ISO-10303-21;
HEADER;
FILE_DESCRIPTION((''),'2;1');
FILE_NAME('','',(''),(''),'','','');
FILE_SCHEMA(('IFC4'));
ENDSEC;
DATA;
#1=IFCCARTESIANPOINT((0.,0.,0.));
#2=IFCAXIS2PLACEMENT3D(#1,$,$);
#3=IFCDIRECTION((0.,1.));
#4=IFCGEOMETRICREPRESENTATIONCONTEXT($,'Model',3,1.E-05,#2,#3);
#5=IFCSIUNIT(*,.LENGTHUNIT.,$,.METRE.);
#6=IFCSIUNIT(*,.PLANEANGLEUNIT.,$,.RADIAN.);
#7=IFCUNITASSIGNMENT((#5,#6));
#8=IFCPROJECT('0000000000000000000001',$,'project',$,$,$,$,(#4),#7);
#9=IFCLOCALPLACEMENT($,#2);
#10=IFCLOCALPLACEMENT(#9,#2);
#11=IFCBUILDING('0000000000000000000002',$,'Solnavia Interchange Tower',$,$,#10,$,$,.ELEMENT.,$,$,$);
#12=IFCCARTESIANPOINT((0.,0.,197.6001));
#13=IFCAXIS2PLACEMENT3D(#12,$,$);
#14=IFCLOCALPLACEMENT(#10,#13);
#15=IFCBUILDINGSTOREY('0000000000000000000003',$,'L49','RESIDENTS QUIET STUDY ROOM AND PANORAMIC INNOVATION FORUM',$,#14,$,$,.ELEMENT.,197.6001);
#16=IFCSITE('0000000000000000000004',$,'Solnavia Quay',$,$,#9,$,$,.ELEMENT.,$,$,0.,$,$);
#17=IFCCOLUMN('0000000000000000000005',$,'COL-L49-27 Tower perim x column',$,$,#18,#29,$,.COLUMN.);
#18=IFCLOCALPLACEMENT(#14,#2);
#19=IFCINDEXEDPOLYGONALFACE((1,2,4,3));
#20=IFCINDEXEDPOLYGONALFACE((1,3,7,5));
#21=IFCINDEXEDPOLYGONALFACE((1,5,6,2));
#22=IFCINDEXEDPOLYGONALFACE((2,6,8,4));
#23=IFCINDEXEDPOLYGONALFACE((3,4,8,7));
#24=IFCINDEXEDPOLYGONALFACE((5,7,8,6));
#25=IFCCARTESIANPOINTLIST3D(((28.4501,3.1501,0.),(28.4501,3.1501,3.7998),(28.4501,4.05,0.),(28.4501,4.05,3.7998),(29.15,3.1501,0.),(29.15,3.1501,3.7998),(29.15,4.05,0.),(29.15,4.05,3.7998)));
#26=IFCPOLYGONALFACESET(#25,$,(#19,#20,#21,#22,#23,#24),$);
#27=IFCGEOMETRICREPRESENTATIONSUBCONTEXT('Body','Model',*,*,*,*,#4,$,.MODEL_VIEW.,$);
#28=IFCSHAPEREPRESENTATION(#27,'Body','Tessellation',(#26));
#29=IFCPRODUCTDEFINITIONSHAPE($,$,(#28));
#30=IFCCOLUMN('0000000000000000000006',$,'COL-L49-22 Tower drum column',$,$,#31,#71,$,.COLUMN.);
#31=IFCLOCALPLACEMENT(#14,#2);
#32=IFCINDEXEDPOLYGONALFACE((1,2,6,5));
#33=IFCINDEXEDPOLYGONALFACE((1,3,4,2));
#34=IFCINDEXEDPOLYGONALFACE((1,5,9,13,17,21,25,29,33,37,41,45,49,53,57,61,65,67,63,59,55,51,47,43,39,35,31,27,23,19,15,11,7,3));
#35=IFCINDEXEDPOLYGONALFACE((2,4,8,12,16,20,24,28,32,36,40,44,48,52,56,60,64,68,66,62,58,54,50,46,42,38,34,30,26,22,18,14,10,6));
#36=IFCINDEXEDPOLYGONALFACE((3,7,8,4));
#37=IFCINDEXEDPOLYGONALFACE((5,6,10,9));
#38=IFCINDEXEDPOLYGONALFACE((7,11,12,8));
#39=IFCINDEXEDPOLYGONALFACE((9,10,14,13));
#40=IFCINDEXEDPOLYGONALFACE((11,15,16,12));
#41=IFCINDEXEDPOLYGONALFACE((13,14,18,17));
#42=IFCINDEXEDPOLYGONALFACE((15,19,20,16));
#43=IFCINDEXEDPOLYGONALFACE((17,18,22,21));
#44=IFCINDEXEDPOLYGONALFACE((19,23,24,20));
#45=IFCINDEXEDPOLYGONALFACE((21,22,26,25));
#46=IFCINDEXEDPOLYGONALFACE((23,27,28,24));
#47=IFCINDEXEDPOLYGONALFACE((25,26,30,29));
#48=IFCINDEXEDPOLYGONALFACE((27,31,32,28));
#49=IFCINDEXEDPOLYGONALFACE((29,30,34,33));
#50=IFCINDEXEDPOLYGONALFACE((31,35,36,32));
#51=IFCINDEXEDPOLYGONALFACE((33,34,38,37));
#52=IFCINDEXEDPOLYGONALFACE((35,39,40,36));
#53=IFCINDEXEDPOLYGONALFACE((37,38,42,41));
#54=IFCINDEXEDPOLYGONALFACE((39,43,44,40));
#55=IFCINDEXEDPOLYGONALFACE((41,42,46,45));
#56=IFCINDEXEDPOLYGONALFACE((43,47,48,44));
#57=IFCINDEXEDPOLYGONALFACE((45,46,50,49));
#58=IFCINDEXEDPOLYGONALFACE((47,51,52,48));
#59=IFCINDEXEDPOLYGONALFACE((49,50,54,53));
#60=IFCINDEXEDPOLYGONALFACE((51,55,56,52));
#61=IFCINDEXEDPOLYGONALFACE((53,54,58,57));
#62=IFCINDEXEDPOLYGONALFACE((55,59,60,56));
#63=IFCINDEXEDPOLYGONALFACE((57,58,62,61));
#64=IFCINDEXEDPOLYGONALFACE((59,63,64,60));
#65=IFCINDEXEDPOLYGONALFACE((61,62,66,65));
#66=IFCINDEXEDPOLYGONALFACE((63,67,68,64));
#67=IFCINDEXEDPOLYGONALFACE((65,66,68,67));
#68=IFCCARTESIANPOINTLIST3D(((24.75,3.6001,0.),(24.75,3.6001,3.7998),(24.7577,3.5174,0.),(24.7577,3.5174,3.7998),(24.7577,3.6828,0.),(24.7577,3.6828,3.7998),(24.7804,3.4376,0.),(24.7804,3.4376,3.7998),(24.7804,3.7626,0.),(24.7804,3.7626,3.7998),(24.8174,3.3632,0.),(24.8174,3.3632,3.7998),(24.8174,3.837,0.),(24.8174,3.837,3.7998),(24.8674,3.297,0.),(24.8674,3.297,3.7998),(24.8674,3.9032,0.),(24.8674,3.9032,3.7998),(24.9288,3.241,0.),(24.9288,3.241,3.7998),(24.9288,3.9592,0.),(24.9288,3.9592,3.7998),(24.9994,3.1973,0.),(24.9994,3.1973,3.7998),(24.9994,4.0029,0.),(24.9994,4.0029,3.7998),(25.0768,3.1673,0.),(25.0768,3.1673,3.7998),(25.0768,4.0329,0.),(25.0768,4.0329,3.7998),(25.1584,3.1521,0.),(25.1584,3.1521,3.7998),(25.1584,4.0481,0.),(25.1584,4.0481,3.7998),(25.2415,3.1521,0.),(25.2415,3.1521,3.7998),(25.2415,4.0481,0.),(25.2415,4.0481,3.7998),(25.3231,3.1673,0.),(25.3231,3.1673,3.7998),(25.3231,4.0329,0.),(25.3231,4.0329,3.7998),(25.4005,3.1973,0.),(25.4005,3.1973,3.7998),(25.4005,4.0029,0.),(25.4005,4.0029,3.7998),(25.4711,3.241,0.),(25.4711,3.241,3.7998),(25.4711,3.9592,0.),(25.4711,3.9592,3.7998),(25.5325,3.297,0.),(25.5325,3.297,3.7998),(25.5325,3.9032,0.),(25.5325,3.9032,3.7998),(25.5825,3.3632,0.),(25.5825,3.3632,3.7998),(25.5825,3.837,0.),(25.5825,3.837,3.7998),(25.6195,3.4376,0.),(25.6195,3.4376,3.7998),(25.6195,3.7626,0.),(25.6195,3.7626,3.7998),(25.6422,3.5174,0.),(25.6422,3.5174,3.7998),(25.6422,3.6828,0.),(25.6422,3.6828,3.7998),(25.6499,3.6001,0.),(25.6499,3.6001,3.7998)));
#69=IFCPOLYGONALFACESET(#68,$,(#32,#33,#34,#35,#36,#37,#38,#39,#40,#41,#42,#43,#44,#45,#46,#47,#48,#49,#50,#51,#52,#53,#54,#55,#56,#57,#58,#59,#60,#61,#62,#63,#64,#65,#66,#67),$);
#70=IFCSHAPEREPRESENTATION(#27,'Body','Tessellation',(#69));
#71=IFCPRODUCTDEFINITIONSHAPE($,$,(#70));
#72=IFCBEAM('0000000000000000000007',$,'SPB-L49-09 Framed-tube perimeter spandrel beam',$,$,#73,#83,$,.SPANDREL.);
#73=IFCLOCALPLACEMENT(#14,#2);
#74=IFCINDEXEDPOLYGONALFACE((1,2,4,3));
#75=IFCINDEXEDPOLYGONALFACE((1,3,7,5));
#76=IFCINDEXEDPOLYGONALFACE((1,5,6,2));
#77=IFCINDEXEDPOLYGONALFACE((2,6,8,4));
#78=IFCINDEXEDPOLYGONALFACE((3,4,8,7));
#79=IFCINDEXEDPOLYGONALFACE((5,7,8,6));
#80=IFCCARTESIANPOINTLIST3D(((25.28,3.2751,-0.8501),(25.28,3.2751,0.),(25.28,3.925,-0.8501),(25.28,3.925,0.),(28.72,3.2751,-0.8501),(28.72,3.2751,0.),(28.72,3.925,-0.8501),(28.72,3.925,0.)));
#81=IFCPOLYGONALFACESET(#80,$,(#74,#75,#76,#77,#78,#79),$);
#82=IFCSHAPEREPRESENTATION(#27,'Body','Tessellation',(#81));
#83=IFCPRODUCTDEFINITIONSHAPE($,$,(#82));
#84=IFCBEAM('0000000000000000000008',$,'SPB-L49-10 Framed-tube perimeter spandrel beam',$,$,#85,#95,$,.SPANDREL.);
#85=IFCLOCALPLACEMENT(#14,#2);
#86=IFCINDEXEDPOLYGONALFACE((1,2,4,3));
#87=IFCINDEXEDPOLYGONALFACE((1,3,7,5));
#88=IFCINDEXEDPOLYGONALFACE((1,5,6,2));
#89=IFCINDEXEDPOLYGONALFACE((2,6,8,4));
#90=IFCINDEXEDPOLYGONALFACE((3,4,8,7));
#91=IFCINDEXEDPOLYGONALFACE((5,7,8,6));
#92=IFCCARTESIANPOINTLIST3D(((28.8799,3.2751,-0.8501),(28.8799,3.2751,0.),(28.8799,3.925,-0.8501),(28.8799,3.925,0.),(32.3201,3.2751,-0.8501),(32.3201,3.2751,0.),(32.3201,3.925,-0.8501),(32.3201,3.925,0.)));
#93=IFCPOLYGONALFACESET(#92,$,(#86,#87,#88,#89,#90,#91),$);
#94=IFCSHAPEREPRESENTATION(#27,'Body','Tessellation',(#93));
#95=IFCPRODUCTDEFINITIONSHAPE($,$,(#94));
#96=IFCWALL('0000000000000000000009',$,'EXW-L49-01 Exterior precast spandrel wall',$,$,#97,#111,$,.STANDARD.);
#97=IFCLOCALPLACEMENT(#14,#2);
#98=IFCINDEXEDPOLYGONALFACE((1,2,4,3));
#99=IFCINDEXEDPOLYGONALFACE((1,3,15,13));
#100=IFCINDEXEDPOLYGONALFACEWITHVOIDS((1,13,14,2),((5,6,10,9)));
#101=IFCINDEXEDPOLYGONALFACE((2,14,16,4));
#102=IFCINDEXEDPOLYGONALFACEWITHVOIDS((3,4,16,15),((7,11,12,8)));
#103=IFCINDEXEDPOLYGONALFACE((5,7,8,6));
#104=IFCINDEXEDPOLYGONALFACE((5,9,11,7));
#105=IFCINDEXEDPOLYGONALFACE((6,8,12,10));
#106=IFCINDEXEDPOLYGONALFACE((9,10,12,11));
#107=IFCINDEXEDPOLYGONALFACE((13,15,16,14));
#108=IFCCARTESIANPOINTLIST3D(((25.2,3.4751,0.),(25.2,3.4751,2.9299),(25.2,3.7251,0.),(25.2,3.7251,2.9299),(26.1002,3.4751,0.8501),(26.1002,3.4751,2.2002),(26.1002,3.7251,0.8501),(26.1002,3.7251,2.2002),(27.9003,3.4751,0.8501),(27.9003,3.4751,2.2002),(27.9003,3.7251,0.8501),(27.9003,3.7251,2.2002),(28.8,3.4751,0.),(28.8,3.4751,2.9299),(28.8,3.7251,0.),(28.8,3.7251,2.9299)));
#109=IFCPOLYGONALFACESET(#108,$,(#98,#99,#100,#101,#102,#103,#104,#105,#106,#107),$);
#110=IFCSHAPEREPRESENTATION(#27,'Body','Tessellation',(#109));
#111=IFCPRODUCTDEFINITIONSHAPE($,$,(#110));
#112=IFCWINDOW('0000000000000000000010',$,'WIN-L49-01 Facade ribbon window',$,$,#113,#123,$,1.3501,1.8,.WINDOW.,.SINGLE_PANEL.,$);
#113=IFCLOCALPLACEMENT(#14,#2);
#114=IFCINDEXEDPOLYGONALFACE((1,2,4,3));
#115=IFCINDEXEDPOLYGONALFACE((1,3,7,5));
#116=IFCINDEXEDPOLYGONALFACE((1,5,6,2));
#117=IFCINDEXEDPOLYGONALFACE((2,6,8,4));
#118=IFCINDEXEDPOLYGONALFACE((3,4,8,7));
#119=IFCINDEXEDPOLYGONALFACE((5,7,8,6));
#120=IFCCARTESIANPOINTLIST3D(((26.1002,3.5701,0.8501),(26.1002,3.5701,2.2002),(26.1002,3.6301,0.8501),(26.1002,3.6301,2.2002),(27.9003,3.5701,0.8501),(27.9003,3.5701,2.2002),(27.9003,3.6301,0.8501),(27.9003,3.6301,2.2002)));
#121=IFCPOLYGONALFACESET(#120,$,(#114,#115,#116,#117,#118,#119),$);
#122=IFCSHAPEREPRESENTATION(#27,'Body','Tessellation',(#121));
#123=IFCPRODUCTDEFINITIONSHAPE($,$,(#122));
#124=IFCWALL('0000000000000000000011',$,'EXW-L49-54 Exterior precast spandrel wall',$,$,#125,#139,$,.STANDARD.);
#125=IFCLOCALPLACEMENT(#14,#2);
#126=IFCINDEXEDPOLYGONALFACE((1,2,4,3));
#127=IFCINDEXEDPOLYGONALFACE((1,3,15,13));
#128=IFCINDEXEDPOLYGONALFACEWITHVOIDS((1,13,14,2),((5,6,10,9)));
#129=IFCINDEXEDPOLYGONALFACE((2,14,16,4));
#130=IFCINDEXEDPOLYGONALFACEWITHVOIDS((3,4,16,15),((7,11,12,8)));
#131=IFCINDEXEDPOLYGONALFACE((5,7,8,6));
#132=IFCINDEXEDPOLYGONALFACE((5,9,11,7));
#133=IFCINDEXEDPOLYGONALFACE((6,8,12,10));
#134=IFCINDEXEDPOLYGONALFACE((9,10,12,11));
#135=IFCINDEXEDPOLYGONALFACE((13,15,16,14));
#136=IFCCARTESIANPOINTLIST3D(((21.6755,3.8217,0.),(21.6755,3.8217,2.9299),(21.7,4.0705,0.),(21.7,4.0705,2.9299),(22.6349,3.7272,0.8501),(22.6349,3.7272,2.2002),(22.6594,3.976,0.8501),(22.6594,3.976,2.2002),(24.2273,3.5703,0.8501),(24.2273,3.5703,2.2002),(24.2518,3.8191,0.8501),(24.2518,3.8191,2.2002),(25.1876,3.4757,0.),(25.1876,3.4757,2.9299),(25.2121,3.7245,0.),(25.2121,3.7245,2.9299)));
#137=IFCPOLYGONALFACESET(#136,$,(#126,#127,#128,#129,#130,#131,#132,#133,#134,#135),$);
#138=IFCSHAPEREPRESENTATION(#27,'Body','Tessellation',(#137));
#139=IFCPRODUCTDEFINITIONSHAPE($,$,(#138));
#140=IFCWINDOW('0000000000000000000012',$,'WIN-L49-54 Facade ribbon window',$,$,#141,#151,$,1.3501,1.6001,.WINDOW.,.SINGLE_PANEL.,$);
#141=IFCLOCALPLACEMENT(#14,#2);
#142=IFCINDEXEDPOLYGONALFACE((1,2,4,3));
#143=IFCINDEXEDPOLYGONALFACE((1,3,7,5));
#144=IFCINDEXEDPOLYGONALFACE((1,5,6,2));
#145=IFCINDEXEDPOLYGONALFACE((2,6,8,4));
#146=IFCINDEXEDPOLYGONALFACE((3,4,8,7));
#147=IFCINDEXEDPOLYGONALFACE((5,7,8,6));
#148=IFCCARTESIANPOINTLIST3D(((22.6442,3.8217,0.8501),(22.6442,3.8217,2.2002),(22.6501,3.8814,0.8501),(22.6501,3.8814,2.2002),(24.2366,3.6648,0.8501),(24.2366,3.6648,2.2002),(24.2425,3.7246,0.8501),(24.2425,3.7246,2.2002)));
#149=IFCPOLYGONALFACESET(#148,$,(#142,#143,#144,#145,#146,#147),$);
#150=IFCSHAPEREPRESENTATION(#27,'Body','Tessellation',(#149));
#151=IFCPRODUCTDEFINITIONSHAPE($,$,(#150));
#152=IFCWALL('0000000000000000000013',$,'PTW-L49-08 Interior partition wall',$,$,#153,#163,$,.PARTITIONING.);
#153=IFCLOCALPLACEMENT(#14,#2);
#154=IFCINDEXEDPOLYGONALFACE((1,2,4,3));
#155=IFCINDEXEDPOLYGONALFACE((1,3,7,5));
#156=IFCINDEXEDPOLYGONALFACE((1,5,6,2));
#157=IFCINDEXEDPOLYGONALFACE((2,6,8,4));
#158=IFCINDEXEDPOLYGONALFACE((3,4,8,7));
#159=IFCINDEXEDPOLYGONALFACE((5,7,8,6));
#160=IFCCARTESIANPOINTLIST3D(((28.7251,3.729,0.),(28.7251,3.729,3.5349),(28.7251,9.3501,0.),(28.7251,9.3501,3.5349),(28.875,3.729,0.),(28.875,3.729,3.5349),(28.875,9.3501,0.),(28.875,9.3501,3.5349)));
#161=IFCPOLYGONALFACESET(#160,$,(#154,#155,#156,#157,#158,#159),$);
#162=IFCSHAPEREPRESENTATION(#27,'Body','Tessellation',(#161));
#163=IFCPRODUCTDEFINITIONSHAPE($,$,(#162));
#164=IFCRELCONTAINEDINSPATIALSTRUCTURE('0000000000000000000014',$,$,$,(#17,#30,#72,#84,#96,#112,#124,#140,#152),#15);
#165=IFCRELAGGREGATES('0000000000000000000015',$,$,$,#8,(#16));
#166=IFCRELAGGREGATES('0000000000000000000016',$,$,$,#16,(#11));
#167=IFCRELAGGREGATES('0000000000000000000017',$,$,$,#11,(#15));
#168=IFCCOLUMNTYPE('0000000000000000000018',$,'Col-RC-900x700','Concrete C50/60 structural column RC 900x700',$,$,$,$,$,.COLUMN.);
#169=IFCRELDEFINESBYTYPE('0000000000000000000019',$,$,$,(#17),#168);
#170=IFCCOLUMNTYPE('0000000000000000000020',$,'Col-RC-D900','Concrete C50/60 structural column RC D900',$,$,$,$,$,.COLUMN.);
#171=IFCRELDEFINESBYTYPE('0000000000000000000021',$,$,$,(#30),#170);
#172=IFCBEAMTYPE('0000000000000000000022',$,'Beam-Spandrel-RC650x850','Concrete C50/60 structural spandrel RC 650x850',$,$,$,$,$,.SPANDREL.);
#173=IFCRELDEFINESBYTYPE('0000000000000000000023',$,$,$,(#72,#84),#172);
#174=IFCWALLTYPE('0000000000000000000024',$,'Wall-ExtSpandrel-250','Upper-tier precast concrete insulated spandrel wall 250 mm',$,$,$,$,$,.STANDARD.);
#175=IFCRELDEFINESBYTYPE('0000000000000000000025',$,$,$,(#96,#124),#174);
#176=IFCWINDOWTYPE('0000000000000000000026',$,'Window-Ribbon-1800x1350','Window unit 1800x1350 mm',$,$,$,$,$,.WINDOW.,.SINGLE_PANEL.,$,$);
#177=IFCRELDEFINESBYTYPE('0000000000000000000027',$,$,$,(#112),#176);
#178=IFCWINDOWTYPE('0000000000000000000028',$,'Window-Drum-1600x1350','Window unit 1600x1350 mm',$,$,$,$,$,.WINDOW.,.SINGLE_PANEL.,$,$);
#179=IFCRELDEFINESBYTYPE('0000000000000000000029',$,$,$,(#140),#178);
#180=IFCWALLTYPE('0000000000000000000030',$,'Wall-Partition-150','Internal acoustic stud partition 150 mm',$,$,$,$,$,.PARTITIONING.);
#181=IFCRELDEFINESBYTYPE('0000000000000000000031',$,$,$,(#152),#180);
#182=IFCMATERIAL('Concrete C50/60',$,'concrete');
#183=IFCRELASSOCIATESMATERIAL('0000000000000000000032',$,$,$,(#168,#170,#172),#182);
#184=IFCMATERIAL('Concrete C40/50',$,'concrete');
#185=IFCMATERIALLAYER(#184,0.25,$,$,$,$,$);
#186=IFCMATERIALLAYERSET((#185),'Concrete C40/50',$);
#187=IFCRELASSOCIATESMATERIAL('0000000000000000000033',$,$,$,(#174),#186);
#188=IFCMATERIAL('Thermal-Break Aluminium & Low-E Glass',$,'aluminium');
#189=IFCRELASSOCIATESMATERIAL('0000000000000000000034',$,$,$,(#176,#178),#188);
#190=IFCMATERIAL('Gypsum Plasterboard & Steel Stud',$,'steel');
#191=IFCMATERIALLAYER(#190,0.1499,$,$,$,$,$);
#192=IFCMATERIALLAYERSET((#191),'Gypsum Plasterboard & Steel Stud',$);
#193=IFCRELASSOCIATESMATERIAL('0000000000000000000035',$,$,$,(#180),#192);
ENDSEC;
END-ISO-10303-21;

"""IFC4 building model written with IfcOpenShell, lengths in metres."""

from ifc_helpers import new_model, si_unit, direction, frame, frame_2d, origin, origin_2d, place, context, subcontext, project, spatial, rectangle, circle, extrude, material, layer, layer_set, material_profile, profile_set, type_object, element, fill, save


model = new_model("IFC4")

# Units and contexts
model_context = context("Model", 3, precision=1e-05, world=origin(), true_north=direction((0.0, 1.0)))
body_context = subcontext(model_context, "Body", "Model", "MODEL_VIEW")
ifc_project = project(units=[si_unit("LENGTHUNIT", "METRE"), si_unit("PLANEANGLEUNIT", "RADIAN")], contexts=[model_context])

# Site, building, storey
site_placement = place(None, origin())
site = spatial("IfcSite", under=ifc_project, at=site_placement, Name="Solnavia Quay", CompositionType="ELEMENT", RefElevation=0.0)
building_placement = place(site_placement, origin())
building = spatial("IfcBuilding", under=site, at=building_placement, Name="Solnavia Interchange Tower", CompositionType="ELEMENT")
storey_placement = place(building_placement, frame((0.0, 0.0, 197.6001)))
storey = spatial("IfcBuildingStorey", under=building, at=storey_placement, Name="L49", Description="RESIDENTS QUIET STUDY ROOM AND PANORAMIC INNOVATION FORUM", CompositionType="ELEMENT", Elevation=197.6001)

# Columns
ifc_material_1 = material(Name="Concrete C50/60", Category="concrete")
ifc_material_profile_1 = material_profile(ifc_material_1, rectangle(XDim=0.7, YDim=0.8999, at=origin_2d()), Name="RC 900x700")
ifc_profile_set_1 = profile_set([ifc_material_profile_1], Name="Concrete C50/60")
column_type_1 = type_object("IfcColumnType", Name="Col-RC-900x700", Description="Concrete C50/60 structural column RC 900x700", PredefinedType="COLUMN", material=ifc_profile_set_1)
column_1_placement = place(storey_placement, frame((28.8, 3.6001, 0.0), z_axis=(0.0, 0.0, 1.0), x_axis=(1.0, 0.0, 0.0)))
element("IfcColumn", 1, at=column_1_placement, inside=storey, type_object=column_type_1, Name="COL-L49-27 Tower perim x column", PredefinedType="COLUMN", context=body_context, shape_type="SweptSolid", body=[
    extrude(rectangle(XDim=0.7, YDim=0.8999, at=origin_2d()), origin(), (0.0, 0.0, 1.0), 3.7998),
])
ifc_material_profile_2 = material_profile(ifc_material_1, circle(Radius=0.45, at=origin_2d()), Name="RC D900")
ifc_profile_set_2 = profile_set([ifc_material_profile_2], Name="Concrete C50/60")
column_type_2 = type_object("IfcColumnType", Name="Col-RC-D900", Description="Concrete C50/60 structural column RC D900", PredefinedType="COLUMN", material=ifc_profile_set_2)
column_2_placement = place(storey_placement, frame((25.2, 3.6001, 0.0), z_axis=(0.0, 0.0, 1.0), x_axis=(1.0, 0.0, 0.0)))
element("IfcColumn", 2, at=column_2_placement, inside=storey, type_object=column_type_2, Name="COL-L49-22 Tower drum column", PredefinedType="COLUMN", context=body_context, shape_type="SweptSolid", body=[
    extrude(circle(Radius=0.45, at=origin_2d()), origin(), (0.0, 0.0, 1.0), 3.7998),
])

# Beams
ifc_material_profile_3 = material_profile(ifc_material_1, rectangle(XDim=0.6499, YDim=0.8501, at=origin_2d()), Name="RC 650x850")
ifc_profile_set_3 = profile_set([ifc_material_profile_3], Name="Concrete C50/60")
beam_type = type_object("IfcBeamType", Name="Beam-Spandrel-RC650x850", Description="Concrete C50/60 structural spandrel RC 650x850", PredefinedType="SPANDREL", material=ifc_profile_set_3)
beam_1_placement = place(storey_placement, frame((25.28, 3.6001, -0.425), z_axis=(1.0, 0.0, 0.0), x_axis=(0.0, 1.0, 0.0)))
element("IfcBeam", 3, at=beam_1_placement, inside=storey, type_object=beam_type, Name="SPB-L49-09 Framed-tube perimeter spandrel beam", PredefinedType="SPANDREL", context=body_context, shape_type="SweptSolid", body=[
    extrude(rectangle(XDim=0.6499, YDim=0.8501, at=origin_2d()), origin(), (0.0, 0.0, 1.0), 3.4399),
])
beam_2_placement = place(storey_placement, frame((28.8799, 3.6001, -0.425), z_axis=(1.0, 0.0, 0.0), x_axis=(0.0, 1.0, 0.0)))
element("IfcBeam", 4, at=beam_2_placement, inside=storey, type_object=beam_type, Name="SPB-L49-10 Framed-tube perimeter spandrel beam", PredefinedType="SPANDREL", context=body_context, shape_type="SweptSolid", body=[
    extrude(rectangle(XDim=0.6499, YDim=0.8501, at=origin_2d()), origin(), (0.0, 0.0, 1.0), 3.4402),
])

# Walls, openings, windows
ifc_material_2 = material(Name="Concrete C40/50", Category="concrete")
ifc_layer_1 = layer(ifc_material_2, 0.25)
ifc_layer_set_1 = layer_set([ifc_layer_1], Name="Concrete C40/50")
wall_type_1 = type_object("IfcWallType", Name="Wall-ExtSpandrel-250", Description="Upper-tier precast concrete insulated spandrel wall 250 mm", PredefinedType="STANDARD", material=ifc_layer_set_1)
wall_1_placement = place(storey_placement, frame((28.8, 3.6001, 0.0), z_axis=(0.0, 0.0, 1.0), x_axis=(-1.0, 0.0, 0.0)))
wall_1 = element("IfcWall", 5, at=wall_1_placement, inside=storey, type_object=wall_type_1, Name="EXW-L49-01 Exterior precast spandrel wall", PredefinedType="STANDARD", context=body_context, shape_type="SweptSolid", body=[
    extrude(rectangle(XDim=3.6001, YDim=0.25, at=frame_2d((1.8, 0.0))), origin(), (0.0, 0.0, 1.0), 2.9299),
])
opening_1_placement = place(wall_1_placement, frame((0.8999, 0.0, 0.8501)))
opening_1 = element("IfcOpeningElement", 6, at=opening_1_placement, cuts=wall_1, PredefinedType="OPENING", context=body_context, shape_type="SweptSolid", body=[
    extrude(rectangle(XDim=1.8, YDim=1.3501, at=frame_2d((0.8999, 0.675))), frame((0.0, 0.135, 0.0), z_axis=(0.0, -1.0, 0.0), x_axis=(1.0, 0.0, 0.0)), (0.0, 0.0, 1.0), 0.27),
])
ifc_material_3 = material(Name="Thermal-Break Aluminium & Low-E Glass", Category="aluminium")
window_type_1 = type_object("IfcWindowType", Name="Window-Ribbon-1800x1350", Description="Window unit 1800x1350 mm", PartitioningType="SINGLE_PANEL", PredefinedType="WINDOW", material=ifc_material_3)
window_1_placement = place(opening_1_placement, origin())
window_1 = element("IfcWindow", 7, at=window_1_placement, inside=storey, type_object=window_type_1, Name="WIN-L49-01 Facade ribbon window", OverallHeight=1.3501, OverallWidth=1.8, PartitioningType="SINGLE_PANEL", PredefinedType="WINDOW", context=body_context, shape_type="SweptSolid", body=[
    extrude(rectangle(XDim=1.8, YDim=1.3501, at=frame_2d((0.8999, 0.675))), frame((0.0, 0.03, 0.0), z_axis=(0.0, -1.0, 0.0), x_axis=(1.0, 0.0, 0.0)), (0.0, 0.0, 1.0), 0.0601),
])
fill(opening_1, window_1)
wall_2_placement = place(storey_placement, frame((25.2, 3.6001, 0.0), z_axis=(0.0, 0.0, 1.0), x_axis=(-0.995183, 0.098031, 0.0)))
wall_2 = element("IfcWall", 8, at=wall_2_placement, inside=storey, type_object=wall_type_1, Name="EXW-L49-54 Exterior precast spandrel wall", PredefinedType="STANDARD", context=body_context, shape_type="SweptSolid", body=[
    extrude(rectangle(XDim=3.5291, YDim=0.25, at=frame_2d((1.7646, 0.0))), origin(), (0.0, 0.0, 1.0), 2.9299),
])
opening_2_placement = place(wall_2_placement, frame((0.9651, 0.0, 0.8501)))
opening_2 = element("IfcOpeningElement", 9, at=opening_2_placement, cuts=wall_2, PredefinedType="OPENING", context=body_context, shape_type="SweptSolid", body=[
    extrude(rectangle(XDim=1.6001, YDim=1.3501, at=frame_2d((0.8, 0.675))), frame((0.0, 0.135, 0.0), z_axis=(0.0, -1.0, 0.0), x_axis=(1.0, 0.0, 0.0)), (0.0, 0.0, 1.0), 0.27),
])
window_type_2 = type_object("IfcWindowType", Name="Window-Drum-1600x1350", Description="Window unit 1600x1350 mm", PartitioningType="SINGLE_PANEL", PredefinedType="WINDOW", material=ifc_material_3)
window_2_placement = place(opening_2_placement, origin())
window_2 = element("IfcWindow", 10, at=window_2_placement, inside=storey, type_object=window_type_2, Name="WIN-L49-54 Facade ribbon window", OverallHeight=1.3501, OverallWidth=1.6001, PartitioningType="SINGLE_PANEL", PredefinedType="WINDOW", context=body_context, shape_type="SweptSolid", body=[
    extrude(rectangle(XDim=1.6001, YDim=1.3501, at=frame_2d((0.8, 0.675))), frame((0.0, 0.03, 0.0), z_axis=(0.0, -1.0, 0.0), x_axis=(1.0, 0.0, 0.0)), (0.0, 0.0, 1.0), 0.0601),
])
fill(opening_2, window_2)

# Wall
ifc_material_4 = material(Name="Gypsum Plasterboard & Steel Stud", Category="steel")
ifc_layer_2 = layer(ifc_material_4, 0.1499)
ifc_layer_set_2 = layer_set([ifc_layer_2], Name="Gypsum Plasterboard & Steel Stud")
wall_type_2 = type_object("IfcWallType", Name="Wall-Partition-150", Description="Internal acoustic stud partition 150 mm", PredefinedType="PARTITIONING", material=ifc_layer_set_2)
wall_3_placement = place(storey_placement, frame((28.8, 9.3501, 0.0), z_axis=(0.0, 0.0, 1.0), x_axis=(0.0, -1.0, 0.0)))
element("IfcWall", 11, at=wall_3_placement, inside=storey, type_object=wall_type_2, Name="PTW-L49-08 Interior partition wall", PredefinedType="PARTITIONING", context=body_context, shape_type="SweptSolid", body=[
    extrude(rectangle(XDim=5.6211, YDim=0.1499, at=frame_2d((2.8105, 0.0))), origin(), (0.0, 0.0, 1.0), 3.5349),
])

save(model, "model.ifc")
